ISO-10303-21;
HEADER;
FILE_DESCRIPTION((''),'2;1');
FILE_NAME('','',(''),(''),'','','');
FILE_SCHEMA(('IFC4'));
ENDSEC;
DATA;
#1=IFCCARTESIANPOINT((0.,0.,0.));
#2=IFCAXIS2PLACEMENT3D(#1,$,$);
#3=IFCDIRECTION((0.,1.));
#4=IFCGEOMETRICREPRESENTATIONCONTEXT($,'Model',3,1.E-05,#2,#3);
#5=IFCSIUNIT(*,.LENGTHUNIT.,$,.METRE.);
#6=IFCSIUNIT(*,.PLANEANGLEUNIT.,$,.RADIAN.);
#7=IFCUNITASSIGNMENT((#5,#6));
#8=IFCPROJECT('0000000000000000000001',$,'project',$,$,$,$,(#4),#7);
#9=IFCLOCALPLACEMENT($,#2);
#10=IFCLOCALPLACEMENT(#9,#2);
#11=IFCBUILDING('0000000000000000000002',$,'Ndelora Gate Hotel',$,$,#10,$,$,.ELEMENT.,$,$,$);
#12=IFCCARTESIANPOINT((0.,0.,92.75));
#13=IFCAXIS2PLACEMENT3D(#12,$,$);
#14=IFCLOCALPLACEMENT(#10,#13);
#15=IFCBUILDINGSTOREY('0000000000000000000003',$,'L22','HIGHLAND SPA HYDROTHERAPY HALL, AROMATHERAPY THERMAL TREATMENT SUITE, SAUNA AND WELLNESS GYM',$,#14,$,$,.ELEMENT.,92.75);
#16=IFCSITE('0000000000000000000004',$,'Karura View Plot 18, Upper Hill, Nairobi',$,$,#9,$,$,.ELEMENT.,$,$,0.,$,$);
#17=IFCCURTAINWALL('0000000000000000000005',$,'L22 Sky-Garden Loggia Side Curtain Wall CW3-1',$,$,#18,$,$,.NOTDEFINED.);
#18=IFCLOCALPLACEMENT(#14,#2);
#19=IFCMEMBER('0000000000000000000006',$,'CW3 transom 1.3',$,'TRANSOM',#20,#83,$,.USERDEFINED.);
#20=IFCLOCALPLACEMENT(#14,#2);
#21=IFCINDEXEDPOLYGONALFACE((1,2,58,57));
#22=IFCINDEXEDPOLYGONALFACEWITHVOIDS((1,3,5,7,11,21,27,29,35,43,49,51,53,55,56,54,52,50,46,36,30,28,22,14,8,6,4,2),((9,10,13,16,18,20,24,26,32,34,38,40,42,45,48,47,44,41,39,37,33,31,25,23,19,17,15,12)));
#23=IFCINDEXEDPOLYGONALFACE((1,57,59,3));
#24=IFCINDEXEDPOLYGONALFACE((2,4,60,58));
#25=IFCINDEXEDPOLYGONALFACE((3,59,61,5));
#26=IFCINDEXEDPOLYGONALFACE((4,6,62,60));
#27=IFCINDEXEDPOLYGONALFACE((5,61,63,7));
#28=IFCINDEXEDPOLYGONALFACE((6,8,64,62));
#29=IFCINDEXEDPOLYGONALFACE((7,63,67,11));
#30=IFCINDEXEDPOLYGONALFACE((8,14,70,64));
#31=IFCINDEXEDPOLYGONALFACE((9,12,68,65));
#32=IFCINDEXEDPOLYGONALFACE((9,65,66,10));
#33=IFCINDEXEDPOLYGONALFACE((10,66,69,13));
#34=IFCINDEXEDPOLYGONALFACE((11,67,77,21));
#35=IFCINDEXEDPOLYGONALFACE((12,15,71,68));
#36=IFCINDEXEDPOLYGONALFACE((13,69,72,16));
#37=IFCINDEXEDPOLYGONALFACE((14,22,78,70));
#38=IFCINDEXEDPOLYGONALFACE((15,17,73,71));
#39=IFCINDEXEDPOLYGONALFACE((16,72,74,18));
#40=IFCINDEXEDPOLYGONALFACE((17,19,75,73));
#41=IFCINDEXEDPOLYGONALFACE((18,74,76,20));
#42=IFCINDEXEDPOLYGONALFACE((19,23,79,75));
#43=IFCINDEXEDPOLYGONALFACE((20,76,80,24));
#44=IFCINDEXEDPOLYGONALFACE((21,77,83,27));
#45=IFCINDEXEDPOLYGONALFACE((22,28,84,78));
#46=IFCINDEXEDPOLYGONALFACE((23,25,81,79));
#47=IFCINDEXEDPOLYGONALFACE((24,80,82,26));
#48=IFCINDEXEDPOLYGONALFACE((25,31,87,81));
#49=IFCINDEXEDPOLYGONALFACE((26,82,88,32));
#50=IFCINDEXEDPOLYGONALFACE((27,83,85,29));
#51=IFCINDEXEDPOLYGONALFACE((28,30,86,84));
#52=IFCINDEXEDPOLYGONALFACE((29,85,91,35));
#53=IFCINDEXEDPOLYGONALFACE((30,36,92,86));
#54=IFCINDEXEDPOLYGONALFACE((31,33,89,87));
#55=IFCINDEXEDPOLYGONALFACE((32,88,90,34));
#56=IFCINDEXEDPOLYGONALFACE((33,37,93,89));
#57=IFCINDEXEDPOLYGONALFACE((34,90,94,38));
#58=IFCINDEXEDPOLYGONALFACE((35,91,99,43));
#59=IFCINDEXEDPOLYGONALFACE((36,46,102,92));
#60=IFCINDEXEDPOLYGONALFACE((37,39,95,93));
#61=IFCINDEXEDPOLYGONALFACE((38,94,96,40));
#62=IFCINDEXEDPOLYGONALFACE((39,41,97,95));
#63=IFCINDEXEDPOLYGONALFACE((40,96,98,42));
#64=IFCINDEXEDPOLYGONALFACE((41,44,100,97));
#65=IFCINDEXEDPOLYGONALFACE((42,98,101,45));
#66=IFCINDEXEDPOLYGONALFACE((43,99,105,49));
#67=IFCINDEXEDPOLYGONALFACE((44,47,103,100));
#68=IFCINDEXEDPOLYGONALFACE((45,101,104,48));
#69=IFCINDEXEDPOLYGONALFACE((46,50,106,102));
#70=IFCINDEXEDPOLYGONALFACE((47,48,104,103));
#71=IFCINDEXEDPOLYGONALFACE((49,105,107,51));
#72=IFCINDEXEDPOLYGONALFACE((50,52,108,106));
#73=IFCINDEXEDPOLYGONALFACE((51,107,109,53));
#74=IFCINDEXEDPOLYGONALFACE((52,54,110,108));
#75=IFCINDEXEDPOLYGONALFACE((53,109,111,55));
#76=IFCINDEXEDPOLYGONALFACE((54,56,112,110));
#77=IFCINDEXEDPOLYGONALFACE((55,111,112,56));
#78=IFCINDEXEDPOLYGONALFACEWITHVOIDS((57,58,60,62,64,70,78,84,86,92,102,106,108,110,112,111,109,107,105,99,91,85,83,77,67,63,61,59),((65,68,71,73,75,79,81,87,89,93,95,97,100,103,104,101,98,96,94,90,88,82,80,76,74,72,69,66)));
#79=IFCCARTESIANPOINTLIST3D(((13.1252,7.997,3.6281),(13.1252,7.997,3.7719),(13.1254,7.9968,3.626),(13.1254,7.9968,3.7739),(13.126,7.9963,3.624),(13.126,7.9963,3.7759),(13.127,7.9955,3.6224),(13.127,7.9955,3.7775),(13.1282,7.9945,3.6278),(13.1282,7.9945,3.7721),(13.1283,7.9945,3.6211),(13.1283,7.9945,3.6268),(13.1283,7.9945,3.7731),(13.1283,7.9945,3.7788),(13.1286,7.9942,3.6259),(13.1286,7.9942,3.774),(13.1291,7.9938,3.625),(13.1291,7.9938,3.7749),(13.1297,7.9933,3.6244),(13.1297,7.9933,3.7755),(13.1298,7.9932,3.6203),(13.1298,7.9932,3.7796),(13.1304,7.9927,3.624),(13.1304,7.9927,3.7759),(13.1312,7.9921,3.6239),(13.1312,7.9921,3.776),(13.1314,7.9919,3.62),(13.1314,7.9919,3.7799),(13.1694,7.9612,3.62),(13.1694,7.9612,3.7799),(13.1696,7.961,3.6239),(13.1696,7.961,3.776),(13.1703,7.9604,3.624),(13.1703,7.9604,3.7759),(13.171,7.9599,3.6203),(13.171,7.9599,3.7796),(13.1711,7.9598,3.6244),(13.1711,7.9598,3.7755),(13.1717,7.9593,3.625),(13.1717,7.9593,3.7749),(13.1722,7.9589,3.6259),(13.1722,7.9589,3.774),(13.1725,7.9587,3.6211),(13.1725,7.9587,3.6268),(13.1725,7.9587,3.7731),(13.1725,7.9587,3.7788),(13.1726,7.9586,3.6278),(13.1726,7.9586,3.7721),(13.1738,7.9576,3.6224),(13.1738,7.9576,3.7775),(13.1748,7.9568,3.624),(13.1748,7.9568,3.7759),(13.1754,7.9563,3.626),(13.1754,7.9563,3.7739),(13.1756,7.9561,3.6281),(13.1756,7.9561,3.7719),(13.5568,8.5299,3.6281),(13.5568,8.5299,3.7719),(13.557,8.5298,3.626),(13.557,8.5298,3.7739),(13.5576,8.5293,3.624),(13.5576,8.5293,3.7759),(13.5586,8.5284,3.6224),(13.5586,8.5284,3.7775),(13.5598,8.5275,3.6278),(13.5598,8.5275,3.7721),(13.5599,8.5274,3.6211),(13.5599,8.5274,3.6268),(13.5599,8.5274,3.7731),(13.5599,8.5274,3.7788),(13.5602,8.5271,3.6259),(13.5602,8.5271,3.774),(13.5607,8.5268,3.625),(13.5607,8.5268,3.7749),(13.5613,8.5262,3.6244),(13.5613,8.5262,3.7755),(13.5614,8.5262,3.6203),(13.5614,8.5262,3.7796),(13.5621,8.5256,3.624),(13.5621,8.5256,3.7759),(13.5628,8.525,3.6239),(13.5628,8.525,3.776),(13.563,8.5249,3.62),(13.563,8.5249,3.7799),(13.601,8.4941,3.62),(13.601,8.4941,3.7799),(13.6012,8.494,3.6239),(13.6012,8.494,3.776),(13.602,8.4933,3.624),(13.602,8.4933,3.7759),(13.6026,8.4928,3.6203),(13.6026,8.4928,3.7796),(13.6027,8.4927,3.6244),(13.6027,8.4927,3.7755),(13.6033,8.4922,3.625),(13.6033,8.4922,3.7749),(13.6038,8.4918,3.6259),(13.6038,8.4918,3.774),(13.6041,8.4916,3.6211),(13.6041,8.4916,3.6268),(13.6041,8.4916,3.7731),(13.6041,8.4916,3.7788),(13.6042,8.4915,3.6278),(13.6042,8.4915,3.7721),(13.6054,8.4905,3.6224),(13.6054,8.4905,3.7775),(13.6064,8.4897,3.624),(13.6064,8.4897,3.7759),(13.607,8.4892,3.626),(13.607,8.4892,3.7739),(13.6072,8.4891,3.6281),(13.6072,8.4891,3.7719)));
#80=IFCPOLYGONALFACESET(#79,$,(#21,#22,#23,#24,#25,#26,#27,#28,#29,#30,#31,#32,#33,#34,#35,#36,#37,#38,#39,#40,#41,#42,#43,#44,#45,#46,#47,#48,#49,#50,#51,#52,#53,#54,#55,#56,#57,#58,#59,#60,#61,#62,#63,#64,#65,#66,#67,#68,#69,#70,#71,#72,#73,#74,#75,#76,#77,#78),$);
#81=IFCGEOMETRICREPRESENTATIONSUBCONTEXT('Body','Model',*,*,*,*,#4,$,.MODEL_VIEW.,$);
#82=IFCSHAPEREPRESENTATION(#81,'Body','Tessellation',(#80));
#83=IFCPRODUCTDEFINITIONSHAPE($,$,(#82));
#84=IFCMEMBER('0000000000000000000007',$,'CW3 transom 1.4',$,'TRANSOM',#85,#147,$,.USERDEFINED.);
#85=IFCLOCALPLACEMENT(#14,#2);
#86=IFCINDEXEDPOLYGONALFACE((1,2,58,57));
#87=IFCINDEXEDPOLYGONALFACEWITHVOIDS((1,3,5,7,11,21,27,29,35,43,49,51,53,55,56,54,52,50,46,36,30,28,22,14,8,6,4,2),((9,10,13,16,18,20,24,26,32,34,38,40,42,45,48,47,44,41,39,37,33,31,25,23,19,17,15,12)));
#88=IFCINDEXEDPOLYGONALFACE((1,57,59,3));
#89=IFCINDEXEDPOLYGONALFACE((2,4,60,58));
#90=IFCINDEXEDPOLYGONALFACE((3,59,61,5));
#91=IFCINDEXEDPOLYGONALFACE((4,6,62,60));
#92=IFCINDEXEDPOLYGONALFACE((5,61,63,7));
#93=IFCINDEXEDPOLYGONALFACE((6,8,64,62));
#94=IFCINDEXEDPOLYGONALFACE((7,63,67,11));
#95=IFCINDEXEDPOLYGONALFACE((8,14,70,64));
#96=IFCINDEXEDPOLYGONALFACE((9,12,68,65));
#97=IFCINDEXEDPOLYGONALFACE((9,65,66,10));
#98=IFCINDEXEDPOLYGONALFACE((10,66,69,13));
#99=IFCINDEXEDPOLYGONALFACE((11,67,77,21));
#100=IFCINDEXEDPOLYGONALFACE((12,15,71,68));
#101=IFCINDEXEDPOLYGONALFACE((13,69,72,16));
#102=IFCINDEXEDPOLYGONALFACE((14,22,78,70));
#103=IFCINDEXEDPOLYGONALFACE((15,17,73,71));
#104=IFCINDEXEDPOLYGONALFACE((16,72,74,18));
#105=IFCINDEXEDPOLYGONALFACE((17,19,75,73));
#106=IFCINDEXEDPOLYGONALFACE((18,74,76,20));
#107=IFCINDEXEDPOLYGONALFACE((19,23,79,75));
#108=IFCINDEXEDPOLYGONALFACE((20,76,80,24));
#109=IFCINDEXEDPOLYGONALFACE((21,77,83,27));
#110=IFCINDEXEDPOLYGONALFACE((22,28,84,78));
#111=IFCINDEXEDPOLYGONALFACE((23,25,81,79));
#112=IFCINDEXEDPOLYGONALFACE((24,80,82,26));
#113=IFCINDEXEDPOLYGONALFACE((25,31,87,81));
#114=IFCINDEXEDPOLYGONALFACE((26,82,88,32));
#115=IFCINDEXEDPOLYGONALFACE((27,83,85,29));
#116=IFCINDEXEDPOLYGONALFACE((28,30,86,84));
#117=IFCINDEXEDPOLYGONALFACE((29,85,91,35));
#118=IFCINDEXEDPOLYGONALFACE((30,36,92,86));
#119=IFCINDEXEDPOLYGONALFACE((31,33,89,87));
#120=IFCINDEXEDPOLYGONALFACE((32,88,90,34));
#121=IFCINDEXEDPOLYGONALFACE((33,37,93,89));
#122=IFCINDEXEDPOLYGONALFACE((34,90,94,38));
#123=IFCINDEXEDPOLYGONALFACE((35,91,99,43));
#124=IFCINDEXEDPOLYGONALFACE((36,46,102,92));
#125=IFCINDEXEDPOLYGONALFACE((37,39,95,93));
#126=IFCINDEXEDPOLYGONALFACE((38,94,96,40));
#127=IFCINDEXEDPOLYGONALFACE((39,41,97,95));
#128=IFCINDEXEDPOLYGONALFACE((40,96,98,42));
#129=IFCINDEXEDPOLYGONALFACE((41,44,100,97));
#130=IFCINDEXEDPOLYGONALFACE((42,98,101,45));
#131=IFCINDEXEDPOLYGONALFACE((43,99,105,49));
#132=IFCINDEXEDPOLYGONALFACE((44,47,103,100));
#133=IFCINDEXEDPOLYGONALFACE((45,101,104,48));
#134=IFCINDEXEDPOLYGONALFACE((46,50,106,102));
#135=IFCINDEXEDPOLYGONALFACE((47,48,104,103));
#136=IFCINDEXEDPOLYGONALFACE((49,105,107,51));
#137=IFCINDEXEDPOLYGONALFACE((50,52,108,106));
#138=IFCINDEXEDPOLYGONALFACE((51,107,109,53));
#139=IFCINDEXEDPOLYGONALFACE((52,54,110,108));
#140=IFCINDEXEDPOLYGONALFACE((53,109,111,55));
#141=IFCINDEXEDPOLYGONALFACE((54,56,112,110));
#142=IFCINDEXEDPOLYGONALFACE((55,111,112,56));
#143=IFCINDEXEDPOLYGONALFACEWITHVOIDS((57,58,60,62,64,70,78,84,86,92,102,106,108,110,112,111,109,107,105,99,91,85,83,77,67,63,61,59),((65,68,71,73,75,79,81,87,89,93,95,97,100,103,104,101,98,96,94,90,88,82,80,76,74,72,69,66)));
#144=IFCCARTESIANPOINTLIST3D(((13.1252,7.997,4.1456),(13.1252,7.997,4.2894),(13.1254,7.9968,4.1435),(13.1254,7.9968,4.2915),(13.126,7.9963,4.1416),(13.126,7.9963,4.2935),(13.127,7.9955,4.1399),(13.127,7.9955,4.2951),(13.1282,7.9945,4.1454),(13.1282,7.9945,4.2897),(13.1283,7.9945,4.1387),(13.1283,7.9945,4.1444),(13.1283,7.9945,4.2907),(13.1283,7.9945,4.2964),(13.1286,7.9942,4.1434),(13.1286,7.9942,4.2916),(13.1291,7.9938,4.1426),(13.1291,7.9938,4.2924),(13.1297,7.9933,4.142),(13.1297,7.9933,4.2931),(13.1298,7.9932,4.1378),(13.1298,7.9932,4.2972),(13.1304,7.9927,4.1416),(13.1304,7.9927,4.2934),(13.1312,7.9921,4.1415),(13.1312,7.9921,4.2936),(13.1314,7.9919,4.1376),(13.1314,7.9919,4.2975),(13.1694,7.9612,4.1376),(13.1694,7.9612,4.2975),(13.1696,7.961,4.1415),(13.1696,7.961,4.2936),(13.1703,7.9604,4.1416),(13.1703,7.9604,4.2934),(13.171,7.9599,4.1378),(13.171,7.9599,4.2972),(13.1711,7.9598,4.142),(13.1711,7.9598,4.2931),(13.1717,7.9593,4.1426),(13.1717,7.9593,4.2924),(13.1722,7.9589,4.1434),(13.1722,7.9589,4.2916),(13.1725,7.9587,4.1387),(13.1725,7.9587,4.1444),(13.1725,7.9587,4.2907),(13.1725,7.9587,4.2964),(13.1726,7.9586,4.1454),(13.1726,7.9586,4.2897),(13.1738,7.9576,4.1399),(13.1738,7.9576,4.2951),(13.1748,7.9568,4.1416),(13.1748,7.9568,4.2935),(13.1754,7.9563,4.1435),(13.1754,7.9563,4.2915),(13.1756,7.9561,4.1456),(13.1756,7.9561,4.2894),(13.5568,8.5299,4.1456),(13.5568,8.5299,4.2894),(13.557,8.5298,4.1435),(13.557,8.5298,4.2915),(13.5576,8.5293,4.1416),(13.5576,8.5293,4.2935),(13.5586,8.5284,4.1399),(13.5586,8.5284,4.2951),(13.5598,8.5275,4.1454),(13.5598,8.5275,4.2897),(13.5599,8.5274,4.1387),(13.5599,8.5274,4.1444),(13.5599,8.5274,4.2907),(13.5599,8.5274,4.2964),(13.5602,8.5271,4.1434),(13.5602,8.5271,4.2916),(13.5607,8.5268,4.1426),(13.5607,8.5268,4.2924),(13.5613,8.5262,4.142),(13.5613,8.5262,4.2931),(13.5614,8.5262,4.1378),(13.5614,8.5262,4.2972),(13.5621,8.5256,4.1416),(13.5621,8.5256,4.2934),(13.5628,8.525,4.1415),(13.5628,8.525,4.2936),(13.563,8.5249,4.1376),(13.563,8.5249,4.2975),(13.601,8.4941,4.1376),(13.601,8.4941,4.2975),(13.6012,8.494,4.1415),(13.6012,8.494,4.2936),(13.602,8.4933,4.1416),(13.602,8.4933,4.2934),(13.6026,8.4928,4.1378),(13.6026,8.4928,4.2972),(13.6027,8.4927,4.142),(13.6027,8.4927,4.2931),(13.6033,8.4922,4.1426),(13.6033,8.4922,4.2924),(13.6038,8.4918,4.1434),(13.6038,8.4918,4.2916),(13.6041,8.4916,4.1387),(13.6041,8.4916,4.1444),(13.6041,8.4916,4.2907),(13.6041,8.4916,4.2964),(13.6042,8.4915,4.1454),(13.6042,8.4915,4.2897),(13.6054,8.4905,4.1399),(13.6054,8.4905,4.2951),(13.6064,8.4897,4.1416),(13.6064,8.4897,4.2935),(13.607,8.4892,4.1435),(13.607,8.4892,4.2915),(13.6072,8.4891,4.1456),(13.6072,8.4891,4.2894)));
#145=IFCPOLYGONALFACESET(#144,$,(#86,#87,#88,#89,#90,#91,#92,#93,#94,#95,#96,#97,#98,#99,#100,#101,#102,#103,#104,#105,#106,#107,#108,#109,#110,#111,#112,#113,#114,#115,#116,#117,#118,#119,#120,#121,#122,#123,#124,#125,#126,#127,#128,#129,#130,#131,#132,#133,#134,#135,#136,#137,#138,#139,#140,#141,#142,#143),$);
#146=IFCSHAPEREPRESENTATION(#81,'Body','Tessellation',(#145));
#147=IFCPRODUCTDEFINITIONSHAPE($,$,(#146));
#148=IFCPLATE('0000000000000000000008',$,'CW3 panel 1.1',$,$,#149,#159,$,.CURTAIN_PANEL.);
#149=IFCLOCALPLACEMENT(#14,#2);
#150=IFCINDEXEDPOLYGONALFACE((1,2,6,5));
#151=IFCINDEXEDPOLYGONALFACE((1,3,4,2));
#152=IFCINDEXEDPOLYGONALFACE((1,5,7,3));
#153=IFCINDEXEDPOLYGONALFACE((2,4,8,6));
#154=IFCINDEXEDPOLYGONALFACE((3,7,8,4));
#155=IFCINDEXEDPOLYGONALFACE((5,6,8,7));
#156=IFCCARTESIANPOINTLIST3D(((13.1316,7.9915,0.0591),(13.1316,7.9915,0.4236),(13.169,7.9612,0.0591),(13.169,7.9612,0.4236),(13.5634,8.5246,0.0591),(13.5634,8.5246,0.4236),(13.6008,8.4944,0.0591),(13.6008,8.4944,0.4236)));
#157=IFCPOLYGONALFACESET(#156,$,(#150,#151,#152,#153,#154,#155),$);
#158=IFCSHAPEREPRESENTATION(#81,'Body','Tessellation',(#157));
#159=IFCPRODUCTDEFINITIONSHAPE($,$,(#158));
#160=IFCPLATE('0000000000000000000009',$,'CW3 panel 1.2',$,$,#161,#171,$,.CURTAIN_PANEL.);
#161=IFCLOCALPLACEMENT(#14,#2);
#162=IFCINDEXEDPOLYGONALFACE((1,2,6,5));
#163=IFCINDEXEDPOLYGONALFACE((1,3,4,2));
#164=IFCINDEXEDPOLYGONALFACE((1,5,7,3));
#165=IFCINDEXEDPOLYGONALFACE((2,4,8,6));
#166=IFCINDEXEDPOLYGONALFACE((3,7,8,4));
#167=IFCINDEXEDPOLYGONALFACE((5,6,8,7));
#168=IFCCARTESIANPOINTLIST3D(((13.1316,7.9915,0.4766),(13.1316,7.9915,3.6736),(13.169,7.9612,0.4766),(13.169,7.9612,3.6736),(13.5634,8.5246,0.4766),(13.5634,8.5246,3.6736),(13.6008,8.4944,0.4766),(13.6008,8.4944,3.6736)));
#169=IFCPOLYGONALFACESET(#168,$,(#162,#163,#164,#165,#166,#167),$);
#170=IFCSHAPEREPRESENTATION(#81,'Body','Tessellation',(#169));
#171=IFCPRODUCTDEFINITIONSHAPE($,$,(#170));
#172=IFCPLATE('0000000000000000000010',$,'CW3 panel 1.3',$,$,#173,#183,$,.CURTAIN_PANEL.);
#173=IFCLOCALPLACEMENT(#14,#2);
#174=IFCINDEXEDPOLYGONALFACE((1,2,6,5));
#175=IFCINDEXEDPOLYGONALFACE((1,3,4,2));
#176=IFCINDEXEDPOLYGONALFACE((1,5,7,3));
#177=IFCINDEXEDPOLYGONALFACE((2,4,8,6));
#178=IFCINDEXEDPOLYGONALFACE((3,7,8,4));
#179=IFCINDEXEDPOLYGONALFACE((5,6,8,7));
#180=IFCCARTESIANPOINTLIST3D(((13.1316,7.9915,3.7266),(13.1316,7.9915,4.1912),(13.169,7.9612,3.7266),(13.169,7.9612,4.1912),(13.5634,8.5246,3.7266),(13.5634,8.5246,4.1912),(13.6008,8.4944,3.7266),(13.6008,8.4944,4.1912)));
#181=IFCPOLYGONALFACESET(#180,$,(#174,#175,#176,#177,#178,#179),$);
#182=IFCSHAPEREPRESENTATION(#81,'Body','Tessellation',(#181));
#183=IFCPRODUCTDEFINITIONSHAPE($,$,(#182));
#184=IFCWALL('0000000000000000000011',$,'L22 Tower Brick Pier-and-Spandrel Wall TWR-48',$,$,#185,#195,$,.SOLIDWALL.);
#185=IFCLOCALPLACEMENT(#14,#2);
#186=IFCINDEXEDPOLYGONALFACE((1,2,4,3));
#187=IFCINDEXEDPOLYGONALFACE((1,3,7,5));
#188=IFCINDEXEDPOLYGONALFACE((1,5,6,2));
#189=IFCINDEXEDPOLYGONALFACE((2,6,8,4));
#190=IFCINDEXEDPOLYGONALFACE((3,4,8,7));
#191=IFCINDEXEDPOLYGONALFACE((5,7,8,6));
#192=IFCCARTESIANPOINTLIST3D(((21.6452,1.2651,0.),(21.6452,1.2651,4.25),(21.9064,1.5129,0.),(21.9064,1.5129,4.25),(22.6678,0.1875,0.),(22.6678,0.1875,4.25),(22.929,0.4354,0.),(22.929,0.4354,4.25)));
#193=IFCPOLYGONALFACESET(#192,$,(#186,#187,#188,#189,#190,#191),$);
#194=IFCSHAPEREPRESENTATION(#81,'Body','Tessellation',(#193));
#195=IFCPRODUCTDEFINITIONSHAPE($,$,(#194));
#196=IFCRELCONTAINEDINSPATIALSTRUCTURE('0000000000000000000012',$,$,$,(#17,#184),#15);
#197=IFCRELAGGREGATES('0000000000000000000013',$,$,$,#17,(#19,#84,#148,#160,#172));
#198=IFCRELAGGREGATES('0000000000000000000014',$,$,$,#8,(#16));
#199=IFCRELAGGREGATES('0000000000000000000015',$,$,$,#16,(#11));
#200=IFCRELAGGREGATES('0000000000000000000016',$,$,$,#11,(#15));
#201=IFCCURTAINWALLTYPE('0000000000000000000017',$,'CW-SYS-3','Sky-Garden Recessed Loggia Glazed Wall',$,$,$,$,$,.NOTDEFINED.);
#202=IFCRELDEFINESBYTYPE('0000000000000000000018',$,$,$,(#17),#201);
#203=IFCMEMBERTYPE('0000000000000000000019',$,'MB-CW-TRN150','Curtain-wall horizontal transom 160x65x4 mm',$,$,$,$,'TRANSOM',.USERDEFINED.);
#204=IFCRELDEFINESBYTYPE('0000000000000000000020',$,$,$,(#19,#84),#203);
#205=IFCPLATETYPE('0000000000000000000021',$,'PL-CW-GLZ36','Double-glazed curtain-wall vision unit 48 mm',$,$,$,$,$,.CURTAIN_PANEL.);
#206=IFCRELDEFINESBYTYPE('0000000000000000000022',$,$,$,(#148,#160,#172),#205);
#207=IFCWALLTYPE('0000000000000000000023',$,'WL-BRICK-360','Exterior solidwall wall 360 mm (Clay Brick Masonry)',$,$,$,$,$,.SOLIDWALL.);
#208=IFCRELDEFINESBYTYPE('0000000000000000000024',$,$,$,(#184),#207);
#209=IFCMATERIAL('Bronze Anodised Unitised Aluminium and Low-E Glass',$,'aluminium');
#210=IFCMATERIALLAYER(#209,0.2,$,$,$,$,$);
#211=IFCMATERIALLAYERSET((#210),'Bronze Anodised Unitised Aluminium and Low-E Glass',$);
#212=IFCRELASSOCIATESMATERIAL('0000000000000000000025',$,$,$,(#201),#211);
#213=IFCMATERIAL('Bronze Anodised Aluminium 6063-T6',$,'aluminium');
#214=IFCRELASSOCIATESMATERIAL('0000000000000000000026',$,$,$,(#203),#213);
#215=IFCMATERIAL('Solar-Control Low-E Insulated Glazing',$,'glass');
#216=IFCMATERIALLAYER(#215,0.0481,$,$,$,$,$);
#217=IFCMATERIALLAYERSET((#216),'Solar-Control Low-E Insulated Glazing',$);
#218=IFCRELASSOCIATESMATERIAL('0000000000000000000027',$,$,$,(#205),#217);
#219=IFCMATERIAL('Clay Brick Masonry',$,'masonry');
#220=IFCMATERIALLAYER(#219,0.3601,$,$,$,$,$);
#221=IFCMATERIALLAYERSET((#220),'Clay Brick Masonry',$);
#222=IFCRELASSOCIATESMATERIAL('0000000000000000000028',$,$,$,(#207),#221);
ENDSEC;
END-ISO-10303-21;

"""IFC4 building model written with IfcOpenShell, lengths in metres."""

from ifc_helpers import new_model, si_unit, direction, frame, frame_2d, origin, origin_2d, place, context, subcontext, project, spatial, rectangle, hollow_rectangle, extrude, material, layer, layer_set, material_profile, profile_set, type_object, element, aggregate, save


model = new_model("IFC4")

# Units and contexts
model_context = context("Model", 3, precision=1e-05, world=origin(), true_north=direction((0.0, 1.0)))
body_context = subcontext(model_context, "Body", "Model", "MODEL_VIEW")
ifc_project = project(units=[si_unit("LENGTHUNIT", "METRE"), si_unit("PLANEANGLEUNIT", "RADIAN")], contexts=[model_context])

# Site, building, storey
site_placement = place(None, origin())
site = spatial("IfcSite", under=ifc_project, at=site_placement, Name="Karura View Plot 18, Upper Hill, Nairobi", CompositionType="ELEMENT", RefElevation=0.0)
building_placement = place(site_placement, origin())
building = spatial("IfcBuilding", under=site, at=building_placement, Name="Ndelora Gate Hotel", CompositionType="ELEMENT")
storey_placement = place(building_placement, frame((0.0, 0.0, 92.75)))
storey = spatial("IfcBuildingStorey", under=building, at=storey_placement, Name="L22", Description="HIGHLAND SPA HYDROTHERAPY HALL, AROMATHERAPY THERMAL TREATMENT SUITE, SAUNA AND WELLNESS GYM", CompositionType="ELEMENT", Elevation=92.75)

# Curtain wall, members, plates
ifc_material_1 = material(Name="Bronze Anodised Unitised Aluminium and Low-E Glass", Category="aluminium")
ifc_layer_1 = layer(ifc_material_1, 0.2)
ifc_layer_set_1 = layer_set([ifc_layer_1], Name="Bronze Anodised Unitised Aluminium and Low-E Glass")
curtain_wall_type = type_object("IfcCurtainWallType", Name="CW-SYS-3", Description="Sky-Garden Recessed Loggia Glazed Wall", PredefinedType="NOTDEFINED", material=ifc_layer_set_1)
curtain_wall_placement = place(storey_placement, origin())
curtain_wall = element("IfcCurtainWall", 1, at=curtain_wall_placement, inside=storey, type_object=curtain_wall_type, Name="L22 Sky-Garden Loggia Side Curtain Wall CW3-1", PredefinedType="NOTDEFINED")
ifc_material_2 = material(Name="Bronze Anodised Aluminium 6063-T6", Category="aluminium")
ifc_material_profile_1 = material_profile(ifc_material_2, hollow_rectangle(XDim=0.0649, YDim=0.1599, WallThickness=0.0039, InnerFilletRadius=0.0039, OuterFilletRadius=0.0081, at=origin_2d()), Name="ALU 160x65x4")
ifc_profile_set_1 = profile_set([ifc_material_profile_1], Name="Bronze Anodised Aluminium 6063-T6")
member_type_1 = type_object("IfcMemberType", Name="MB-CW-TRN150", Description="Curtain-wall horizontal transom 160x65x4 mm", ElementType="TRANSOM", PredefinedType="USERDEFINED", material=ifc_profile_set_1)
member_1_placement = place(storey_placement, frame((13.1504, 7.9766, 3.7), z_axis=(0.629372, 0.777104, 0.0), x_axis=(-0.777104, 0.629372, 0.0)))
member_1 = element("IfcMember", 2, at=member_1_placement, type_object=member_type_1, Name="CW3 transom 1.3", ObjectType="TRANSOM", PredefinedType="USERDEFINED", context=body_context, shape_type="SweptSolid", body=[
    extrude(hollow_rectangle(XDim=0.0649, YDim=0.1599, WallThickness=0.0039, InnerFilletRadius=0.0039, OuterFilletRadius=0.0081, at=origin_2d()), origin(), (0.0, 0.0, 1.0), 0.6858),
])
member_2_placement = place(storey_placement, frame((13.1504, 7.9766, 4.2175), z_axis=(0.629372, 0.777104, 0.0), x_axis=(-0.777104, 0.629372, 0.0)))
member_2 = element("IfcMember", 3, at=member_2_placement, type_object=member_type_1, Name="CW3 transom 1.4", ObjectType="TRANSOM", PredefinedType="USERDEFINED", context=body_context, shape_type="SweptSolid", body=[
    extrude(hollow_rectangle(XDim=0.0649, YDim=0.1599, WallThickness=0.0039, InnerFilletRadius=0.0039, OuterFilletRadius=0.0081, at=origin_2d()), origin(), (0.0, 0.0, 1.0), 0.6858),
])
ifc_material_3 = material(Name="Solar-Control Low-E Insulated Glazing", Category="glass")
ifc_layer_2 = layer(ifc_material_3, 0.0481)
ifc_layer_set_2 = layer_set([ifc_layer_2], Name="Solar-Control Low-E Insulated Glazing")
plate_type = type_object("IfcPlateType", Name="PL-CW-GLZ36", Description="Double-glazed curtain-wall vision unit 48 mm", PredefinedType="CURTAIN_PANEL", material=ifc_layer_set_2)
plate_1_placement = place(storey_placement, frame((13.3662, 8.2429, 0.0591), z_axis=(0.0, 0.0, 1.0), x_axis=(0.629356, 0.777117, 0.0)))
plate_1 = element("IfcPlate", 4, at=plate_1_placement, type_object=plate_type, Name="CW3 panel 1.1", PredefinedType="CURTAIN_PANEL", context=body_context, shape_type="SweptSolid", body=[
    extrude(rectangle(XDim=0.686, YDim=0.0481, at=origin_2d()), origin(), (0.0, 0.0, 1.0), 0.3645),
])
plate_2_placement = place(storey_placement, frame((13.3662, 8.2429, 0.4766), z_axis=(0.0, 0.0, 1.0), x_axis=(0.629356, 0.777117, 0.0)))
plate_2 = element("IfcPlate", 5, at=plate_2_placement, type_object=plate_type, Name="CW3 panel 1.2", PredefinedType="CURTAIN_PANEL", context=body_context, shape_type="SweptSolid", body=[
    extrude(rectangle(XDim=0.686, YDim=0.0481, at=origin_2d()), origin(), (0.0, 0.0, 1.0), 3.197),
])
plate_3_placement = place(storey_placement, frame((13.3662, 8.2429, 3.7266), z_axis=(0.0, 0.0, 1.0), x_axis=(0.629356, 0.777117, 0.0)))
plate_3 = element("IfcPlate", 6, at=plate_3_placement, type_object=plate_type, Name="CW3 panel 1.3", PredefinedType="CURTAIN_PANEL", context=body_context, shape_type="SweptSolid", body=[
    extrude(rectangle(XDim=0.686, YDim=0.0481, at=origin_2d()), origin(), (0.0, 0.0, 1.0), 0.4646),
])
aggregate(curtain_wall, [member_1, member_2, plate_1, plate_2, plate_3])

# Wall
ifc_material_4 = material(Name="Clay Brick Masonry", Category="masonry")
ifc_layer_3 = layer(ifc_material_4, 0.3601)
ifc_layer_set_3 = layer_set([ifc_layer_3], Name="Clay Brick Masonry")
wall_type_1 = type_object("IfcWallType", Name="WL-BRICK-360", Description="Exterior solidwall wall 360 mm (Clay Brick Masonry)", PredefinedType="SOLIDWALL", material=ifc_layer_set_3)
wall_1_placement = place(storey_placement, frame((21.7759, 1.3889, 0.0), z_axis=(0.0, 0.0, 1.0), x_axis=(0.688378, -0.725352, 0.0)))
element("IfcWall", 7, at=wall_1_placement, inside=storey, type_object=wall_type_1, Name="L22 Tower Brick Pier-and-Spandrel Wall TWR-48", PredefinedType="SOLIDWALL", context=body_context, shape_type="SweptSolid", body=[
    extrude(rectangle(XDim=1.4856, YDim=0.3601, at=frame_2d((0.7427, 0.0))), origin(), (0.0, 0.0, 1.0), 4.25),
])

save(model, "model.ifc")
